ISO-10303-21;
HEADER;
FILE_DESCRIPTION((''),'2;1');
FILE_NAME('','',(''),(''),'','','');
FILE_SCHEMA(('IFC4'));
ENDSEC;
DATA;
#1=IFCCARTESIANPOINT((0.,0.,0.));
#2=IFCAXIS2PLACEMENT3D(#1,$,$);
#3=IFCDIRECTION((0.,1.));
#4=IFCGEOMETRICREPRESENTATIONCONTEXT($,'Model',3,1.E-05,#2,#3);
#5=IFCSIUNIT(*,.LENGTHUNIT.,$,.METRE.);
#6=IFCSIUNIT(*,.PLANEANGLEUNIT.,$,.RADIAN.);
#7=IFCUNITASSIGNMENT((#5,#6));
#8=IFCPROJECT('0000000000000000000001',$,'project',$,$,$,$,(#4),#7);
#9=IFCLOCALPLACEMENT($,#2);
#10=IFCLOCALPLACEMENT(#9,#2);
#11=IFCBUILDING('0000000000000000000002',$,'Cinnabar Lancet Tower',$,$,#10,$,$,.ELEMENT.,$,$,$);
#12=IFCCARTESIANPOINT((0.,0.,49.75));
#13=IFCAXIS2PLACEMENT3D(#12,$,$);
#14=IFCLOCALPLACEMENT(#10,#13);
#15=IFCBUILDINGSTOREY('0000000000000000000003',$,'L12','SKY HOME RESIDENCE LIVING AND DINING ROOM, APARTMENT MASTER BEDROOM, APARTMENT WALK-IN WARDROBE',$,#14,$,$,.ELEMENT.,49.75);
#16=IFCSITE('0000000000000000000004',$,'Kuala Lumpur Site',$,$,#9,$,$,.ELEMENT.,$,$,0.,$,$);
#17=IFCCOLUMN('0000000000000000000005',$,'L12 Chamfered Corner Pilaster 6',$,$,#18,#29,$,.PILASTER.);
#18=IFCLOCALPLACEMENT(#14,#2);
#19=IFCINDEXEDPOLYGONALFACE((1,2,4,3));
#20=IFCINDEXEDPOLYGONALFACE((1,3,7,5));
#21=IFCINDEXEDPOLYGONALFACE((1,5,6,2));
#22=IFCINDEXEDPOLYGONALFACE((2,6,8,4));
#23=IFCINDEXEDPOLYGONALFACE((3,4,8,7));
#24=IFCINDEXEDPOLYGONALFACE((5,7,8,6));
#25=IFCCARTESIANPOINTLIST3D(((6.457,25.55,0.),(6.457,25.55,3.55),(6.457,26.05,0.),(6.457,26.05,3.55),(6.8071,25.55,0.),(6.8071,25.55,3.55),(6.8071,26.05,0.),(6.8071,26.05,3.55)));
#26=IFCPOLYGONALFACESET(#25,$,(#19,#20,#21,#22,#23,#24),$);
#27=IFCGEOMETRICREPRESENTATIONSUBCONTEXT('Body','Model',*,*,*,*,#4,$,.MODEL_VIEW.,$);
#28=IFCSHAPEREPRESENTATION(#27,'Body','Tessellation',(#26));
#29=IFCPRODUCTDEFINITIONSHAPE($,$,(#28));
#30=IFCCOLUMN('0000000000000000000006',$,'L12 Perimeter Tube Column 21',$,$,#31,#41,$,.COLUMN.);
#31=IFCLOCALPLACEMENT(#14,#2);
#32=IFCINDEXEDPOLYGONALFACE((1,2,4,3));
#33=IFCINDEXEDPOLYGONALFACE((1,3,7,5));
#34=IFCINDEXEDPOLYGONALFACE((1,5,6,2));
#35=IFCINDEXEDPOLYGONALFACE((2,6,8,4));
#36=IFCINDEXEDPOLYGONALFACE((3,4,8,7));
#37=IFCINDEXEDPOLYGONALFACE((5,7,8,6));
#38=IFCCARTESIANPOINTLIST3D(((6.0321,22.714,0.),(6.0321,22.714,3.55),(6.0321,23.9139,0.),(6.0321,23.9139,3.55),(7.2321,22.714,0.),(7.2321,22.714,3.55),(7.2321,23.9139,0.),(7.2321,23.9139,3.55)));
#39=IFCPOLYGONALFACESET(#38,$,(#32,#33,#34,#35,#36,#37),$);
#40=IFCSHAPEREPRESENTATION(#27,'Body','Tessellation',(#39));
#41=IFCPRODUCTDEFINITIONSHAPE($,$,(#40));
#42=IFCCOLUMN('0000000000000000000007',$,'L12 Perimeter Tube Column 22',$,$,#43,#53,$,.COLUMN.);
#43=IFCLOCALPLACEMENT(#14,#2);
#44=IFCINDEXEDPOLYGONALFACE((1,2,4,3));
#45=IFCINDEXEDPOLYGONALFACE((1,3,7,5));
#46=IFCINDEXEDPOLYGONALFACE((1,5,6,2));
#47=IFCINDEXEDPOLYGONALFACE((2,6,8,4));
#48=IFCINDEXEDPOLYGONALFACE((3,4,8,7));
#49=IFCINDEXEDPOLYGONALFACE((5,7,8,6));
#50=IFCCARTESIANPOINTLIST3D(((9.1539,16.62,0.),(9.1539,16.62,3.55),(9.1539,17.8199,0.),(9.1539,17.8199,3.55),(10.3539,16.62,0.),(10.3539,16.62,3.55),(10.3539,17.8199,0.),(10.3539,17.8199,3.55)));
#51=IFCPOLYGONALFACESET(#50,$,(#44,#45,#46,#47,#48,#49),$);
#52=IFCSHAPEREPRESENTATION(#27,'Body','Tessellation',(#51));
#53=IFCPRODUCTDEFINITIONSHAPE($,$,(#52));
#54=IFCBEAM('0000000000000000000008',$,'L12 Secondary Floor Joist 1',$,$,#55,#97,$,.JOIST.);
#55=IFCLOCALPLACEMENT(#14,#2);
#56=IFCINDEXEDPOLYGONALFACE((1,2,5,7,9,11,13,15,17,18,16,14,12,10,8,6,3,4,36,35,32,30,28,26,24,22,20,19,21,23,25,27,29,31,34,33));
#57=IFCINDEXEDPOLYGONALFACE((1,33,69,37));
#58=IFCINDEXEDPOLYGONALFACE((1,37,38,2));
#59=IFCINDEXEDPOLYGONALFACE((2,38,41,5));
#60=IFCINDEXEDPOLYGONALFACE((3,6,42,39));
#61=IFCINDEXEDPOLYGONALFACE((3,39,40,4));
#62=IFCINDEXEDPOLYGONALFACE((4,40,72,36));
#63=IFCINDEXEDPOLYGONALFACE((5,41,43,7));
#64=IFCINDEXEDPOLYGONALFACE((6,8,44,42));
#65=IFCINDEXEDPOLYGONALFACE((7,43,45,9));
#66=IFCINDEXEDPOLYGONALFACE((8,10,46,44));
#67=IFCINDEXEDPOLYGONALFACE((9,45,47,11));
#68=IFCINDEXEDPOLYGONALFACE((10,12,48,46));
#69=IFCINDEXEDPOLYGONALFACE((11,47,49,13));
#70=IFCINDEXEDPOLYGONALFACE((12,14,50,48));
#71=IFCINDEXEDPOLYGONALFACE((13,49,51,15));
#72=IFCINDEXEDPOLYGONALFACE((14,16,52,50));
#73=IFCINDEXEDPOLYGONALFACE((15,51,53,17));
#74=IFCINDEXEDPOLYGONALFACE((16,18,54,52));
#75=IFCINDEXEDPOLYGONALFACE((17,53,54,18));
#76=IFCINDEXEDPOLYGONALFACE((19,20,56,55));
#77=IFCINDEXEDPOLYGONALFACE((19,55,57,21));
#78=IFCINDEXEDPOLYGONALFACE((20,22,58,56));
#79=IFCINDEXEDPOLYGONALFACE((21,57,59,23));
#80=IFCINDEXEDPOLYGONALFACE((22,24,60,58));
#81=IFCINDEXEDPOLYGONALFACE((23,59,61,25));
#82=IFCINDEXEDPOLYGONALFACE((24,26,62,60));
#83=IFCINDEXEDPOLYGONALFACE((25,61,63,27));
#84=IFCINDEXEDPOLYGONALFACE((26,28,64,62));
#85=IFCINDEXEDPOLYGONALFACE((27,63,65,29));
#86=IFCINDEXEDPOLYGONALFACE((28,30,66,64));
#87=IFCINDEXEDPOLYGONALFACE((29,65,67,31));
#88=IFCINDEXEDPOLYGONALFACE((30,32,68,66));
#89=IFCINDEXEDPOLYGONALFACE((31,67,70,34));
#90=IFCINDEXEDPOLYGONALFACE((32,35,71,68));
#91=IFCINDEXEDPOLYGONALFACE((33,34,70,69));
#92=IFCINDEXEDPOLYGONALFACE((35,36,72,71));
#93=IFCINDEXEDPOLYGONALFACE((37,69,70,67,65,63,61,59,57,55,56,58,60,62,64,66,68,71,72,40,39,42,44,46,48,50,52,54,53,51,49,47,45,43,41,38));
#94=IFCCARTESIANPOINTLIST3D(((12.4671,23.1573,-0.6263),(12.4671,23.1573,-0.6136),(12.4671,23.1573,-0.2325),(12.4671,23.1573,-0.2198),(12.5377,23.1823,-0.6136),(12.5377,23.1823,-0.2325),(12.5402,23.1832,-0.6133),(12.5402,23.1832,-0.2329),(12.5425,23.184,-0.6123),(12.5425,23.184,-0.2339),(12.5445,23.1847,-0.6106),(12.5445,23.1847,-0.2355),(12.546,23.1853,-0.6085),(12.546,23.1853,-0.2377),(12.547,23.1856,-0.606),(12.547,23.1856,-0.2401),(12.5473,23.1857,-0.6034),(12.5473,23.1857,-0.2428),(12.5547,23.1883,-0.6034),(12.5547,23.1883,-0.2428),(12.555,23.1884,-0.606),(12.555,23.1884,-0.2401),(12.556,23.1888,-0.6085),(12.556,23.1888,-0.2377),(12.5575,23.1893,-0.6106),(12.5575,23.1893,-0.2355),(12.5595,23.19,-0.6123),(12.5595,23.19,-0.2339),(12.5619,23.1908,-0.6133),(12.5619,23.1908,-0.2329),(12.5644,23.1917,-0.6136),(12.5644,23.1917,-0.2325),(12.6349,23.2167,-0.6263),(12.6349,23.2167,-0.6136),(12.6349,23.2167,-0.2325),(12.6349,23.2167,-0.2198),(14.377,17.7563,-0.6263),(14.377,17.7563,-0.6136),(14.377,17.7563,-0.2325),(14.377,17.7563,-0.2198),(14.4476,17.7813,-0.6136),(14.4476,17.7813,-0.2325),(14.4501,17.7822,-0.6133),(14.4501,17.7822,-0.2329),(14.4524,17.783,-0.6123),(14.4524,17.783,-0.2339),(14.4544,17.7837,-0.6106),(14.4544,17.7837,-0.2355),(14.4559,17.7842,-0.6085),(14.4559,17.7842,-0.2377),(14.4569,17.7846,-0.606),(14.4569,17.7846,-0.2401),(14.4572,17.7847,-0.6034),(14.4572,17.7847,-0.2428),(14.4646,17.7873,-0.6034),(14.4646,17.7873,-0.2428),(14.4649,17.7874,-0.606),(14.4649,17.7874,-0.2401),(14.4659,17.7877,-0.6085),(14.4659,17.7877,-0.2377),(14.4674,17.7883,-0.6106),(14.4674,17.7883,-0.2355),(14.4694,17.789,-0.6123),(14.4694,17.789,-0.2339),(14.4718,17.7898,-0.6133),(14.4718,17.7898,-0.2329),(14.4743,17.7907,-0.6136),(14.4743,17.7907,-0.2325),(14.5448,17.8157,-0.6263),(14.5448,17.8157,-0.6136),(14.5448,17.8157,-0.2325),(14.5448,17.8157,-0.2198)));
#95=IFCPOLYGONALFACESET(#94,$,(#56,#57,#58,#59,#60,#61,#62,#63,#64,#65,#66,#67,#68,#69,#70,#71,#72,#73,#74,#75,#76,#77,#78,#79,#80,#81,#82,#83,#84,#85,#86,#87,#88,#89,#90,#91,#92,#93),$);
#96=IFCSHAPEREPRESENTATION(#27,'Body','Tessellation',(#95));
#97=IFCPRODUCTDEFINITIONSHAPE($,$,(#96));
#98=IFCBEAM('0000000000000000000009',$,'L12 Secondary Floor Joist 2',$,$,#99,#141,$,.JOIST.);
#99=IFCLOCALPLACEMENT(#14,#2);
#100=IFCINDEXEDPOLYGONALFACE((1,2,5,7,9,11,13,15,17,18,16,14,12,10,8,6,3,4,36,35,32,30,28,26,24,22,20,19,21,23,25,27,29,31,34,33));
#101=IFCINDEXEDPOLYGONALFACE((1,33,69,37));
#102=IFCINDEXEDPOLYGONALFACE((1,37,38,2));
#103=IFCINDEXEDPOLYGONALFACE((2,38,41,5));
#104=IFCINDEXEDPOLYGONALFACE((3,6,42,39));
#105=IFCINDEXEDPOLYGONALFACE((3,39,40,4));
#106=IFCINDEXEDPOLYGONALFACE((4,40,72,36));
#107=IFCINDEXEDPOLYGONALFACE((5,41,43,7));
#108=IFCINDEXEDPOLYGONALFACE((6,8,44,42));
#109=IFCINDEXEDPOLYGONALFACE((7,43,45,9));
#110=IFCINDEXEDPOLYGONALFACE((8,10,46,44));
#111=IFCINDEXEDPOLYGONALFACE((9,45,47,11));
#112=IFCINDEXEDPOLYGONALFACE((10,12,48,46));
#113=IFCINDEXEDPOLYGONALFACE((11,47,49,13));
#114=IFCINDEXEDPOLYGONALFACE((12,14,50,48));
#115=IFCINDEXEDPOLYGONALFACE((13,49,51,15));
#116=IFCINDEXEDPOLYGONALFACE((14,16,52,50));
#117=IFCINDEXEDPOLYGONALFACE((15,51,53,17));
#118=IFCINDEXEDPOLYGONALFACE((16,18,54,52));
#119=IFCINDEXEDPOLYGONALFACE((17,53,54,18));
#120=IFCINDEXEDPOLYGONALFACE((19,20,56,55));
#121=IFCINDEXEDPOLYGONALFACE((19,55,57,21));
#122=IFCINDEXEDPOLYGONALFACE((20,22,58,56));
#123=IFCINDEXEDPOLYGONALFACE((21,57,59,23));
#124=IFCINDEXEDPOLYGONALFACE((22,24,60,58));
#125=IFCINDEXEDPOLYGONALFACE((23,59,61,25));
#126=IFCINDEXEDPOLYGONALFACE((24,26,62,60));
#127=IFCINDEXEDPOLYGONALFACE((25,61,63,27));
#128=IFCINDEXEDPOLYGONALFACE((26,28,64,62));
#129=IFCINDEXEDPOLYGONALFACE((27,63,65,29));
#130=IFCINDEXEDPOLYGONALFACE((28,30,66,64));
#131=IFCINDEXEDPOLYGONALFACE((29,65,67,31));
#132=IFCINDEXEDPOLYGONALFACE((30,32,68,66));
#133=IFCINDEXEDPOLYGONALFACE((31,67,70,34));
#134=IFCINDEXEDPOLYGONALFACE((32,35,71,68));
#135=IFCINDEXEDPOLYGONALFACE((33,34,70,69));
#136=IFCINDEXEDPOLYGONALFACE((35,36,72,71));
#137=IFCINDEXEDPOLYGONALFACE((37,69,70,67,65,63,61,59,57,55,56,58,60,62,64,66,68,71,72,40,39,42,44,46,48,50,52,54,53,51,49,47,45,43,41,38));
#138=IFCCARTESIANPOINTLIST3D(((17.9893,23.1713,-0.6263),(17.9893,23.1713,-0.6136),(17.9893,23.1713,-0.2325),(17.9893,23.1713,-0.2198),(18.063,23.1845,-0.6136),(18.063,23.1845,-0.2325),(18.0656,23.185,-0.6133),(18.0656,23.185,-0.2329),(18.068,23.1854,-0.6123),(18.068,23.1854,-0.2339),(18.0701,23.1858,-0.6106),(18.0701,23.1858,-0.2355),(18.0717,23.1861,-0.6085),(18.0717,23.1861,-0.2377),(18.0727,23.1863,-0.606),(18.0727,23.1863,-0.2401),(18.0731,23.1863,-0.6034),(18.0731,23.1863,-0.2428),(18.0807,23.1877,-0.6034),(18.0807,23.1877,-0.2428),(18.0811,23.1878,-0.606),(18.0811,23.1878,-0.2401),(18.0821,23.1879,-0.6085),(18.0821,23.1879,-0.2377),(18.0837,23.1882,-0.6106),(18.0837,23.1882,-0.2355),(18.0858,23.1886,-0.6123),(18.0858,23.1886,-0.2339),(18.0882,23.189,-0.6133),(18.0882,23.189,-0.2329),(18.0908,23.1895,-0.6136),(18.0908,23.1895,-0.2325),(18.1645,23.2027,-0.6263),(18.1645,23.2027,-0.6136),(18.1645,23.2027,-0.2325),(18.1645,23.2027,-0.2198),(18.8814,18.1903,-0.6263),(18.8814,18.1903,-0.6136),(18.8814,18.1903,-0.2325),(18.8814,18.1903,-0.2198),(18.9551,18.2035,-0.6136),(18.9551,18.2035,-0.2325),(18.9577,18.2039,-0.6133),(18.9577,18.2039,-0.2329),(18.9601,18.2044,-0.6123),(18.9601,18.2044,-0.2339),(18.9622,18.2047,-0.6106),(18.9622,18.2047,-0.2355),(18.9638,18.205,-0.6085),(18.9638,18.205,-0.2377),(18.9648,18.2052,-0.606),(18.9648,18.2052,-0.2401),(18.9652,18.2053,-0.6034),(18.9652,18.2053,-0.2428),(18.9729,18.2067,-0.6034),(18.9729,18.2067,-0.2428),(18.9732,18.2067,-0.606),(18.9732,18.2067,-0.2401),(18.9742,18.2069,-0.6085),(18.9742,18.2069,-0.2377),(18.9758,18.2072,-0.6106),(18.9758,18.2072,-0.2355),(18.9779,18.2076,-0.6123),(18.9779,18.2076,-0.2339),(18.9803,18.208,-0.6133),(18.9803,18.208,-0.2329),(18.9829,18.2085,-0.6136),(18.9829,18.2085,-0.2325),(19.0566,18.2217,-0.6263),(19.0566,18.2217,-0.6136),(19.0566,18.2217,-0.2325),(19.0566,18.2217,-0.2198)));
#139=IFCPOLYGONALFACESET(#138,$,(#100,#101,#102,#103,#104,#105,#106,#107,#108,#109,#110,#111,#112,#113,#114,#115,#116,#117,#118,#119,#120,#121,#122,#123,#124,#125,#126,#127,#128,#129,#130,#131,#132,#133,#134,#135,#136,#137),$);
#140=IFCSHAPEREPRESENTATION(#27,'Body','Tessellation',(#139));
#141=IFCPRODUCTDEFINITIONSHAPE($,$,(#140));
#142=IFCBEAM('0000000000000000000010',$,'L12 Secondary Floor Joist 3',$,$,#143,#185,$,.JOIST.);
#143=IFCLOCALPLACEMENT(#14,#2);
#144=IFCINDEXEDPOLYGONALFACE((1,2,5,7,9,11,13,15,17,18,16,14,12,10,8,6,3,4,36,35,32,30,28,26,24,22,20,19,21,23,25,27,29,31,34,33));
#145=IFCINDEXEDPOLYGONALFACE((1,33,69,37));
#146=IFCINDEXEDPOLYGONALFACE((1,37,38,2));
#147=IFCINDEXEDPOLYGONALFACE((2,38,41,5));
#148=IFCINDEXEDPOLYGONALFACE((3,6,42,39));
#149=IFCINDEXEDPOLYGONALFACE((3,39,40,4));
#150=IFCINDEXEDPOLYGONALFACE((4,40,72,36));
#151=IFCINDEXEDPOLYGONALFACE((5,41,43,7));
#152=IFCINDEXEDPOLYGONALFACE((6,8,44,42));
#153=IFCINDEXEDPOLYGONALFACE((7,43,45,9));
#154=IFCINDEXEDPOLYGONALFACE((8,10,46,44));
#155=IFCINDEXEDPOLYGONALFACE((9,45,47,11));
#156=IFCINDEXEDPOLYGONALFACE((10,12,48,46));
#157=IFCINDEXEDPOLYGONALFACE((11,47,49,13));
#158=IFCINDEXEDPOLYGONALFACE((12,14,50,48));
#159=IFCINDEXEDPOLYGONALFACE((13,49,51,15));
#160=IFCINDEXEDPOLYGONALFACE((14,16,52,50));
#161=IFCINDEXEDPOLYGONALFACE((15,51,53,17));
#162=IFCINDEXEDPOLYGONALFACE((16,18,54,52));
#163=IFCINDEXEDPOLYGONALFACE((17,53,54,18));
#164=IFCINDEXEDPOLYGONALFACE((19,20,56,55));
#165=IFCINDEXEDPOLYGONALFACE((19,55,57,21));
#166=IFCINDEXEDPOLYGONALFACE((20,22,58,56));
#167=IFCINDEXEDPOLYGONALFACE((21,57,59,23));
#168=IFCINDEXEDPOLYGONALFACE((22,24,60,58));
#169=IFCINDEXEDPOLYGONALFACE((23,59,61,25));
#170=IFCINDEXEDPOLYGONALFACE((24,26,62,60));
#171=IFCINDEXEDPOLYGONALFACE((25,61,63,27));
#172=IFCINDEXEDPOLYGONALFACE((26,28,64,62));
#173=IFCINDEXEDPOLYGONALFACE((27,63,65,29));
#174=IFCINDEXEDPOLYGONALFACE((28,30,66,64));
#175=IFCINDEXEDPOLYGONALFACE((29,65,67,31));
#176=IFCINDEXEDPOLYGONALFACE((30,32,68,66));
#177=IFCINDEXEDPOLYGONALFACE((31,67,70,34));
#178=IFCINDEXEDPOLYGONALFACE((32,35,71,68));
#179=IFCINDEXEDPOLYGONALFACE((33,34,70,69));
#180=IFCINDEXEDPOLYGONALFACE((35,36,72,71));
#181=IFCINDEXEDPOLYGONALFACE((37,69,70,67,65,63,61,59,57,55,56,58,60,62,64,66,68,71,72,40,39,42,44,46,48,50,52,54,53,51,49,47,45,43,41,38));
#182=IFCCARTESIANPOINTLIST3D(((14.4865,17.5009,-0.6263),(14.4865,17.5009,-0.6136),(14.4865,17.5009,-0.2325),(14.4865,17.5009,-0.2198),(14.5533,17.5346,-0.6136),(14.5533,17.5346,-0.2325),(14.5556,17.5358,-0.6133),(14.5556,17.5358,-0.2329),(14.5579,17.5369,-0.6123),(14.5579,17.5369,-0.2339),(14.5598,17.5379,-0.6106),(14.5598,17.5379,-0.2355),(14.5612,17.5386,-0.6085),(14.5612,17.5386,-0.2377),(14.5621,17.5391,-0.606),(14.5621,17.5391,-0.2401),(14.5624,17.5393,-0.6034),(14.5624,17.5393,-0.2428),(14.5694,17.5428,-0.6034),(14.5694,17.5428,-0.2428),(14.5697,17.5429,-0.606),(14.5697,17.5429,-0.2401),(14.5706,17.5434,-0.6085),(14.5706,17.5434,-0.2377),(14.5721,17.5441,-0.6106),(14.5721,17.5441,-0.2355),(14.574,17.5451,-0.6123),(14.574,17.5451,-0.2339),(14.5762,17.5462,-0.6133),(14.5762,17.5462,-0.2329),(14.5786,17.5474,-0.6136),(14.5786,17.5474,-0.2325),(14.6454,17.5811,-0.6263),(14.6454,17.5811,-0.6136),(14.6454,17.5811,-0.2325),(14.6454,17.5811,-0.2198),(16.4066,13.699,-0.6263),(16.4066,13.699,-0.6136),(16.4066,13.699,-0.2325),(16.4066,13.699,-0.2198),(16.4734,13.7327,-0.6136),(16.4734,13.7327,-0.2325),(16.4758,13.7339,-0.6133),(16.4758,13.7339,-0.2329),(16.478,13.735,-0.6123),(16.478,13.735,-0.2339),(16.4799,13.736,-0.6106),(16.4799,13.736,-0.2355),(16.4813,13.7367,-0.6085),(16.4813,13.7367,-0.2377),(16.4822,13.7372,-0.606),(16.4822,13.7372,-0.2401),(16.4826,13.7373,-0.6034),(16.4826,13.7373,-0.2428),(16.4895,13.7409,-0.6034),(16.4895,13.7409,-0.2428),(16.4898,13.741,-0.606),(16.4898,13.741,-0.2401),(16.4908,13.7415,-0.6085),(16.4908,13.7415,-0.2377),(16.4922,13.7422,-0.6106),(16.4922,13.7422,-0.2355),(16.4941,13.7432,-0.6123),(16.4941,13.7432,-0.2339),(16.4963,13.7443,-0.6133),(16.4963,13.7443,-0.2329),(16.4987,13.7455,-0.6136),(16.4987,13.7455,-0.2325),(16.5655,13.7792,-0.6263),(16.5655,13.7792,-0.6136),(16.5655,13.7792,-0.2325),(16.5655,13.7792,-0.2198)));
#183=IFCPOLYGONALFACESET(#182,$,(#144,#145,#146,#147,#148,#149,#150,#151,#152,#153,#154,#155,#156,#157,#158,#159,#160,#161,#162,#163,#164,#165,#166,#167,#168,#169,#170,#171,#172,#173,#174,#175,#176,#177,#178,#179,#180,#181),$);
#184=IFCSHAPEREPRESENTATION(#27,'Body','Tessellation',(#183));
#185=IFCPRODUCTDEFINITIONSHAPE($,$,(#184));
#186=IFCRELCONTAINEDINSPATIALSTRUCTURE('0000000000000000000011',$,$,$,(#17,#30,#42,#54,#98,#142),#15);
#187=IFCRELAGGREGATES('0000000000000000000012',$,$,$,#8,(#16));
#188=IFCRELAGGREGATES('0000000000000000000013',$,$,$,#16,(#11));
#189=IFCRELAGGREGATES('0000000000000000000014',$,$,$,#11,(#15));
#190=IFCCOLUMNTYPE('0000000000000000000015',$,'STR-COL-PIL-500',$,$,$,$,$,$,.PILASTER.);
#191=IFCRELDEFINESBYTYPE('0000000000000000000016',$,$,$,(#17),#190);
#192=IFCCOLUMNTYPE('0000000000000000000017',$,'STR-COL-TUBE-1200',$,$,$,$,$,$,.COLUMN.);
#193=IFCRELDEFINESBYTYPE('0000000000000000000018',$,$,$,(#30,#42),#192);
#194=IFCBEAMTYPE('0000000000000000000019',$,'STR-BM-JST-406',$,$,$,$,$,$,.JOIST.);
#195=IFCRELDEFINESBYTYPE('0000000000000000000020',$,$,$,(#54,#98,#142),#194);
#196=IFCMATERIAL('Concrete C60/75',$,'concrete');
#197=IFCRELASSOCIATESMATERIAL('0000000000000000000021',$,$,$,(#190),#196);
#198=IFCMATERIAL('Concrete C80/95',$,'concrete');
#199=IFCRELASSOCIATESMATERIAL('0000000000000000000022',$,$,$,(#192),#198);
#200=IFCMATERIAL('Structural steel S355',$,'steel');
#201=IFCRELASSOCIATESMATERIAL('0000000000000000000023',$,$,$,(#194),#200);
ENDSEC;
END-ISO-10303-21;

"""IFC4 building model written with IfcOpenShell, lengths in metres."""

from ifc_helpers import new_model, si_unit, direction, frame, origin, origin_2d, place, context, subcontext, project, spatial, rectangle, i_section, extrude, material, material_profile, profile_set, type_object, element, save


model = new_model("IFC4")

# Units and contexts
model_context = context("Model", 3, precision=1e-05, world=origin(), true_north=direction((0.0, 1.0)))
body_context = subcontext(model_context, "Body", "Model", "MODEL_VIEW")
ifc_project = project(units=[si_unit("LENGTHUNIT", "METRE"), si_unit("PLANEANGLEUNIT", "RADIAN")], contexts=[model_context])

# Site, building, storey
site_placement = place(None, origin())
site = spatial("IfcSite", under=ifc_project, at=site_placement, Name="Kuala Lumpur Site", CompositionType="ELEMENT", RefElevation=0.0)
building_placement = place(site_placement, origin())
building = spatial("IfcBuilding", under=site, at=building_placement, Name="Cinnabar Lancet Tower", CompositionType="ELEMENT")
storey_placement = place(building_placement, frame((0.0, 0.0, 49.75)))
storey = spatial("IfcBuildingStorey", under=building, at=storey_placement, Name="L12", Description="SKY HOME RESIDENCE LIVING AND DINING ROOM, APARTMENT MASTER BEDROOM, APARTMENT WALK-IN WARDROBE", CompositionType="ELEMENT", Elevation=49.75)

# Columns
ifc_material_1 = material(Name="Concrete C60/75", Category="concrete")
ifc_material_profile_1 = material_profile(ifc_material_1, rectangle(XDim=0.5, YDim=0.3501, at=origin_2d()), Name="RC-PIL 500x350")
ifc_profile_set_1 = profile_set([ifc_material_profile_1], Name="Concrete C60/75")
column_type_1 = type_object("IfcColumnType", Name="STR-COL-PIL-500", PredefinedType="PILASTER", material=ifc_profile_set_1)
column_placement = place(storey_placement, frame((6.6321, 25.8, 0.0), z_axis=(0.0, 0.0, 1.0), x_axis=(0.0, -1.0, 0.0)))
element("IfcColumn", 1, at=column_placement, inside=storey, type_object=column_type_1, Name="L12 Chamfered Corner Pilaster 6", PredefinedType="PILASTER", context=body_context, shape_type="SweptSolid", body=[
    extrude(rectangle(XDim=0.5, YDim=0.3501, at=origin_2d()), origin(), (0.0, 0.0, 1.0), 3.55),
])
ifc_material_2 = material(Name="Concrete C80/95", Category="concrete")
ifc_material_profile_2 = material_profile(ifc_material_2, rectangle(XDim=1.2, YDim=1.2, at=origin_2d()), Name="RC-COL 1200x1200")
ifc_profile_set_2 = profile_set([ifc_material_profile_2], Name="Concrete C80/95")
column_type_2 = type_object("IfcColumnType", Name="STR-COL-TUBE-1200", PredefinedType="COLUMN", material=ifc_profile_set_2)
for number, where, z_axis, x_axis, name in (
    (2, (6.6321, 23.314, 0.0), (0.0, 0.0, 1.0), (1.0, 0.0, 0.0), "L12 Perimeter Tube Column 21"),
    (3, (9.7539, 17.22, 0.0), (0.0, 0.0, 1.0), (1.0, 0.0, 0.0), "L12 Perimeter Tube Column 22"),
):
    element("IfcColumn", number, at=place(storey_placement, frame(where, z_axis=z_axis, x_axis=x_axis)), inside=storey, type_object=column_type_2, Name=name, PredefinedType="COLUMN", context=body_context, shape_type="SweptSolid", body=[
        extrude(rectangle(XDim=1.2, YDim=1.2, at=origin_2d()), origin(), (0.0, 0.0, 1.0), 3.55),
    ])

# Beams
ifc_material_3 = material(Name="Structural steel S355", Category="steel")
ifc_material_profile_3 = material_profile(ifc_material_3, i_section(OverallWidth=0.178, OverallDepth=0.4065, WebThickness=0.0078, FlangeThickness=0.0127, FilletRadius=0.0103, at=origin_2d()), Name="UKB 406x178x60")
ifc_profile_set_3 = profile_set([ifc_material_profile_3], Name="Structural steel S355")
beam_type_1 = type_object("IfcBeamType", Name="STR-BM-JST-406", PredefinedType="JOIST", material=ifc_profile_set_3)
beam_1_placement = place(storey_placement, frame((12.551, 23.187, -0.4231), z_axis=(0.333384, -0.942791, 0.0), x_axis=(0.942791, 0.333384, 0.0)))
element("IfcBeam", 4, at=beam_1_placement, inside=storey, type_object=beam_type_1, Name="L12 Secondary Floor Joist 1", PredefinedType="JOIST", context=body_context, shape_type="SweptSolid", body=[
    extrude(i_section(OverallWidth=0.178, OverallDepth=0.4065, WebThickness=0.0078, FlangeThickness=0.0127, FilletRadius=0.0103, at=origin_2d()), origin(), (0.0, 0.0, 1.0), 5.7288),
])
beam_2_placement = place(storey_placement, frame((18.0769, 23.187, -0.4231), z_axis=(0.176295, -0.984337, 0.0), x_axis=(0.984337, 0.176295, 0.0)))
element("IfcBeam", 5, at=beam_2_placement, inside=storey, type_object=beam_type_1, Name="L12 Secondary Floor Joist 2", PredefinedType="JOIST", context=body_context, shape_type="SweptSolid", body=[
    extrude(i_section(OverallWidth=0.178, OverallDepth=0.4065, WebThickness=0.0078, FlangeThickness=0.0127, FilletRadius=0.0103, at=origin_2d()), origin(), (0.0, 0.0, 1.0), 5.0603),
])
beam_3_placement = place(storey_placement, frame((14.5659, 17.541, -0.4231), z_axis=(0.45081, -0.89262, 0.0), x_axis=(0.89262, 0.45081, 0.0)))
element("IfcBeam", 6, at=beam_3_placement, inside=storey, type_object=beam_type_1, Name="L12 Secondary Floor Joist 3", PredefinedType="JOIST", context=body_context, shape_type="SweptSolid", body=[
    extrude(i_section(OverallWidth=0.178, OverallDepth=0.4065, WebThickness=0.0078, FlangeThickness=0.0127, FilletRadius=0.0103, at=origin_2d()), origin(), (0.0, 0.0, 1.0), 4.2593),
])

save(model, "model.ifc")
